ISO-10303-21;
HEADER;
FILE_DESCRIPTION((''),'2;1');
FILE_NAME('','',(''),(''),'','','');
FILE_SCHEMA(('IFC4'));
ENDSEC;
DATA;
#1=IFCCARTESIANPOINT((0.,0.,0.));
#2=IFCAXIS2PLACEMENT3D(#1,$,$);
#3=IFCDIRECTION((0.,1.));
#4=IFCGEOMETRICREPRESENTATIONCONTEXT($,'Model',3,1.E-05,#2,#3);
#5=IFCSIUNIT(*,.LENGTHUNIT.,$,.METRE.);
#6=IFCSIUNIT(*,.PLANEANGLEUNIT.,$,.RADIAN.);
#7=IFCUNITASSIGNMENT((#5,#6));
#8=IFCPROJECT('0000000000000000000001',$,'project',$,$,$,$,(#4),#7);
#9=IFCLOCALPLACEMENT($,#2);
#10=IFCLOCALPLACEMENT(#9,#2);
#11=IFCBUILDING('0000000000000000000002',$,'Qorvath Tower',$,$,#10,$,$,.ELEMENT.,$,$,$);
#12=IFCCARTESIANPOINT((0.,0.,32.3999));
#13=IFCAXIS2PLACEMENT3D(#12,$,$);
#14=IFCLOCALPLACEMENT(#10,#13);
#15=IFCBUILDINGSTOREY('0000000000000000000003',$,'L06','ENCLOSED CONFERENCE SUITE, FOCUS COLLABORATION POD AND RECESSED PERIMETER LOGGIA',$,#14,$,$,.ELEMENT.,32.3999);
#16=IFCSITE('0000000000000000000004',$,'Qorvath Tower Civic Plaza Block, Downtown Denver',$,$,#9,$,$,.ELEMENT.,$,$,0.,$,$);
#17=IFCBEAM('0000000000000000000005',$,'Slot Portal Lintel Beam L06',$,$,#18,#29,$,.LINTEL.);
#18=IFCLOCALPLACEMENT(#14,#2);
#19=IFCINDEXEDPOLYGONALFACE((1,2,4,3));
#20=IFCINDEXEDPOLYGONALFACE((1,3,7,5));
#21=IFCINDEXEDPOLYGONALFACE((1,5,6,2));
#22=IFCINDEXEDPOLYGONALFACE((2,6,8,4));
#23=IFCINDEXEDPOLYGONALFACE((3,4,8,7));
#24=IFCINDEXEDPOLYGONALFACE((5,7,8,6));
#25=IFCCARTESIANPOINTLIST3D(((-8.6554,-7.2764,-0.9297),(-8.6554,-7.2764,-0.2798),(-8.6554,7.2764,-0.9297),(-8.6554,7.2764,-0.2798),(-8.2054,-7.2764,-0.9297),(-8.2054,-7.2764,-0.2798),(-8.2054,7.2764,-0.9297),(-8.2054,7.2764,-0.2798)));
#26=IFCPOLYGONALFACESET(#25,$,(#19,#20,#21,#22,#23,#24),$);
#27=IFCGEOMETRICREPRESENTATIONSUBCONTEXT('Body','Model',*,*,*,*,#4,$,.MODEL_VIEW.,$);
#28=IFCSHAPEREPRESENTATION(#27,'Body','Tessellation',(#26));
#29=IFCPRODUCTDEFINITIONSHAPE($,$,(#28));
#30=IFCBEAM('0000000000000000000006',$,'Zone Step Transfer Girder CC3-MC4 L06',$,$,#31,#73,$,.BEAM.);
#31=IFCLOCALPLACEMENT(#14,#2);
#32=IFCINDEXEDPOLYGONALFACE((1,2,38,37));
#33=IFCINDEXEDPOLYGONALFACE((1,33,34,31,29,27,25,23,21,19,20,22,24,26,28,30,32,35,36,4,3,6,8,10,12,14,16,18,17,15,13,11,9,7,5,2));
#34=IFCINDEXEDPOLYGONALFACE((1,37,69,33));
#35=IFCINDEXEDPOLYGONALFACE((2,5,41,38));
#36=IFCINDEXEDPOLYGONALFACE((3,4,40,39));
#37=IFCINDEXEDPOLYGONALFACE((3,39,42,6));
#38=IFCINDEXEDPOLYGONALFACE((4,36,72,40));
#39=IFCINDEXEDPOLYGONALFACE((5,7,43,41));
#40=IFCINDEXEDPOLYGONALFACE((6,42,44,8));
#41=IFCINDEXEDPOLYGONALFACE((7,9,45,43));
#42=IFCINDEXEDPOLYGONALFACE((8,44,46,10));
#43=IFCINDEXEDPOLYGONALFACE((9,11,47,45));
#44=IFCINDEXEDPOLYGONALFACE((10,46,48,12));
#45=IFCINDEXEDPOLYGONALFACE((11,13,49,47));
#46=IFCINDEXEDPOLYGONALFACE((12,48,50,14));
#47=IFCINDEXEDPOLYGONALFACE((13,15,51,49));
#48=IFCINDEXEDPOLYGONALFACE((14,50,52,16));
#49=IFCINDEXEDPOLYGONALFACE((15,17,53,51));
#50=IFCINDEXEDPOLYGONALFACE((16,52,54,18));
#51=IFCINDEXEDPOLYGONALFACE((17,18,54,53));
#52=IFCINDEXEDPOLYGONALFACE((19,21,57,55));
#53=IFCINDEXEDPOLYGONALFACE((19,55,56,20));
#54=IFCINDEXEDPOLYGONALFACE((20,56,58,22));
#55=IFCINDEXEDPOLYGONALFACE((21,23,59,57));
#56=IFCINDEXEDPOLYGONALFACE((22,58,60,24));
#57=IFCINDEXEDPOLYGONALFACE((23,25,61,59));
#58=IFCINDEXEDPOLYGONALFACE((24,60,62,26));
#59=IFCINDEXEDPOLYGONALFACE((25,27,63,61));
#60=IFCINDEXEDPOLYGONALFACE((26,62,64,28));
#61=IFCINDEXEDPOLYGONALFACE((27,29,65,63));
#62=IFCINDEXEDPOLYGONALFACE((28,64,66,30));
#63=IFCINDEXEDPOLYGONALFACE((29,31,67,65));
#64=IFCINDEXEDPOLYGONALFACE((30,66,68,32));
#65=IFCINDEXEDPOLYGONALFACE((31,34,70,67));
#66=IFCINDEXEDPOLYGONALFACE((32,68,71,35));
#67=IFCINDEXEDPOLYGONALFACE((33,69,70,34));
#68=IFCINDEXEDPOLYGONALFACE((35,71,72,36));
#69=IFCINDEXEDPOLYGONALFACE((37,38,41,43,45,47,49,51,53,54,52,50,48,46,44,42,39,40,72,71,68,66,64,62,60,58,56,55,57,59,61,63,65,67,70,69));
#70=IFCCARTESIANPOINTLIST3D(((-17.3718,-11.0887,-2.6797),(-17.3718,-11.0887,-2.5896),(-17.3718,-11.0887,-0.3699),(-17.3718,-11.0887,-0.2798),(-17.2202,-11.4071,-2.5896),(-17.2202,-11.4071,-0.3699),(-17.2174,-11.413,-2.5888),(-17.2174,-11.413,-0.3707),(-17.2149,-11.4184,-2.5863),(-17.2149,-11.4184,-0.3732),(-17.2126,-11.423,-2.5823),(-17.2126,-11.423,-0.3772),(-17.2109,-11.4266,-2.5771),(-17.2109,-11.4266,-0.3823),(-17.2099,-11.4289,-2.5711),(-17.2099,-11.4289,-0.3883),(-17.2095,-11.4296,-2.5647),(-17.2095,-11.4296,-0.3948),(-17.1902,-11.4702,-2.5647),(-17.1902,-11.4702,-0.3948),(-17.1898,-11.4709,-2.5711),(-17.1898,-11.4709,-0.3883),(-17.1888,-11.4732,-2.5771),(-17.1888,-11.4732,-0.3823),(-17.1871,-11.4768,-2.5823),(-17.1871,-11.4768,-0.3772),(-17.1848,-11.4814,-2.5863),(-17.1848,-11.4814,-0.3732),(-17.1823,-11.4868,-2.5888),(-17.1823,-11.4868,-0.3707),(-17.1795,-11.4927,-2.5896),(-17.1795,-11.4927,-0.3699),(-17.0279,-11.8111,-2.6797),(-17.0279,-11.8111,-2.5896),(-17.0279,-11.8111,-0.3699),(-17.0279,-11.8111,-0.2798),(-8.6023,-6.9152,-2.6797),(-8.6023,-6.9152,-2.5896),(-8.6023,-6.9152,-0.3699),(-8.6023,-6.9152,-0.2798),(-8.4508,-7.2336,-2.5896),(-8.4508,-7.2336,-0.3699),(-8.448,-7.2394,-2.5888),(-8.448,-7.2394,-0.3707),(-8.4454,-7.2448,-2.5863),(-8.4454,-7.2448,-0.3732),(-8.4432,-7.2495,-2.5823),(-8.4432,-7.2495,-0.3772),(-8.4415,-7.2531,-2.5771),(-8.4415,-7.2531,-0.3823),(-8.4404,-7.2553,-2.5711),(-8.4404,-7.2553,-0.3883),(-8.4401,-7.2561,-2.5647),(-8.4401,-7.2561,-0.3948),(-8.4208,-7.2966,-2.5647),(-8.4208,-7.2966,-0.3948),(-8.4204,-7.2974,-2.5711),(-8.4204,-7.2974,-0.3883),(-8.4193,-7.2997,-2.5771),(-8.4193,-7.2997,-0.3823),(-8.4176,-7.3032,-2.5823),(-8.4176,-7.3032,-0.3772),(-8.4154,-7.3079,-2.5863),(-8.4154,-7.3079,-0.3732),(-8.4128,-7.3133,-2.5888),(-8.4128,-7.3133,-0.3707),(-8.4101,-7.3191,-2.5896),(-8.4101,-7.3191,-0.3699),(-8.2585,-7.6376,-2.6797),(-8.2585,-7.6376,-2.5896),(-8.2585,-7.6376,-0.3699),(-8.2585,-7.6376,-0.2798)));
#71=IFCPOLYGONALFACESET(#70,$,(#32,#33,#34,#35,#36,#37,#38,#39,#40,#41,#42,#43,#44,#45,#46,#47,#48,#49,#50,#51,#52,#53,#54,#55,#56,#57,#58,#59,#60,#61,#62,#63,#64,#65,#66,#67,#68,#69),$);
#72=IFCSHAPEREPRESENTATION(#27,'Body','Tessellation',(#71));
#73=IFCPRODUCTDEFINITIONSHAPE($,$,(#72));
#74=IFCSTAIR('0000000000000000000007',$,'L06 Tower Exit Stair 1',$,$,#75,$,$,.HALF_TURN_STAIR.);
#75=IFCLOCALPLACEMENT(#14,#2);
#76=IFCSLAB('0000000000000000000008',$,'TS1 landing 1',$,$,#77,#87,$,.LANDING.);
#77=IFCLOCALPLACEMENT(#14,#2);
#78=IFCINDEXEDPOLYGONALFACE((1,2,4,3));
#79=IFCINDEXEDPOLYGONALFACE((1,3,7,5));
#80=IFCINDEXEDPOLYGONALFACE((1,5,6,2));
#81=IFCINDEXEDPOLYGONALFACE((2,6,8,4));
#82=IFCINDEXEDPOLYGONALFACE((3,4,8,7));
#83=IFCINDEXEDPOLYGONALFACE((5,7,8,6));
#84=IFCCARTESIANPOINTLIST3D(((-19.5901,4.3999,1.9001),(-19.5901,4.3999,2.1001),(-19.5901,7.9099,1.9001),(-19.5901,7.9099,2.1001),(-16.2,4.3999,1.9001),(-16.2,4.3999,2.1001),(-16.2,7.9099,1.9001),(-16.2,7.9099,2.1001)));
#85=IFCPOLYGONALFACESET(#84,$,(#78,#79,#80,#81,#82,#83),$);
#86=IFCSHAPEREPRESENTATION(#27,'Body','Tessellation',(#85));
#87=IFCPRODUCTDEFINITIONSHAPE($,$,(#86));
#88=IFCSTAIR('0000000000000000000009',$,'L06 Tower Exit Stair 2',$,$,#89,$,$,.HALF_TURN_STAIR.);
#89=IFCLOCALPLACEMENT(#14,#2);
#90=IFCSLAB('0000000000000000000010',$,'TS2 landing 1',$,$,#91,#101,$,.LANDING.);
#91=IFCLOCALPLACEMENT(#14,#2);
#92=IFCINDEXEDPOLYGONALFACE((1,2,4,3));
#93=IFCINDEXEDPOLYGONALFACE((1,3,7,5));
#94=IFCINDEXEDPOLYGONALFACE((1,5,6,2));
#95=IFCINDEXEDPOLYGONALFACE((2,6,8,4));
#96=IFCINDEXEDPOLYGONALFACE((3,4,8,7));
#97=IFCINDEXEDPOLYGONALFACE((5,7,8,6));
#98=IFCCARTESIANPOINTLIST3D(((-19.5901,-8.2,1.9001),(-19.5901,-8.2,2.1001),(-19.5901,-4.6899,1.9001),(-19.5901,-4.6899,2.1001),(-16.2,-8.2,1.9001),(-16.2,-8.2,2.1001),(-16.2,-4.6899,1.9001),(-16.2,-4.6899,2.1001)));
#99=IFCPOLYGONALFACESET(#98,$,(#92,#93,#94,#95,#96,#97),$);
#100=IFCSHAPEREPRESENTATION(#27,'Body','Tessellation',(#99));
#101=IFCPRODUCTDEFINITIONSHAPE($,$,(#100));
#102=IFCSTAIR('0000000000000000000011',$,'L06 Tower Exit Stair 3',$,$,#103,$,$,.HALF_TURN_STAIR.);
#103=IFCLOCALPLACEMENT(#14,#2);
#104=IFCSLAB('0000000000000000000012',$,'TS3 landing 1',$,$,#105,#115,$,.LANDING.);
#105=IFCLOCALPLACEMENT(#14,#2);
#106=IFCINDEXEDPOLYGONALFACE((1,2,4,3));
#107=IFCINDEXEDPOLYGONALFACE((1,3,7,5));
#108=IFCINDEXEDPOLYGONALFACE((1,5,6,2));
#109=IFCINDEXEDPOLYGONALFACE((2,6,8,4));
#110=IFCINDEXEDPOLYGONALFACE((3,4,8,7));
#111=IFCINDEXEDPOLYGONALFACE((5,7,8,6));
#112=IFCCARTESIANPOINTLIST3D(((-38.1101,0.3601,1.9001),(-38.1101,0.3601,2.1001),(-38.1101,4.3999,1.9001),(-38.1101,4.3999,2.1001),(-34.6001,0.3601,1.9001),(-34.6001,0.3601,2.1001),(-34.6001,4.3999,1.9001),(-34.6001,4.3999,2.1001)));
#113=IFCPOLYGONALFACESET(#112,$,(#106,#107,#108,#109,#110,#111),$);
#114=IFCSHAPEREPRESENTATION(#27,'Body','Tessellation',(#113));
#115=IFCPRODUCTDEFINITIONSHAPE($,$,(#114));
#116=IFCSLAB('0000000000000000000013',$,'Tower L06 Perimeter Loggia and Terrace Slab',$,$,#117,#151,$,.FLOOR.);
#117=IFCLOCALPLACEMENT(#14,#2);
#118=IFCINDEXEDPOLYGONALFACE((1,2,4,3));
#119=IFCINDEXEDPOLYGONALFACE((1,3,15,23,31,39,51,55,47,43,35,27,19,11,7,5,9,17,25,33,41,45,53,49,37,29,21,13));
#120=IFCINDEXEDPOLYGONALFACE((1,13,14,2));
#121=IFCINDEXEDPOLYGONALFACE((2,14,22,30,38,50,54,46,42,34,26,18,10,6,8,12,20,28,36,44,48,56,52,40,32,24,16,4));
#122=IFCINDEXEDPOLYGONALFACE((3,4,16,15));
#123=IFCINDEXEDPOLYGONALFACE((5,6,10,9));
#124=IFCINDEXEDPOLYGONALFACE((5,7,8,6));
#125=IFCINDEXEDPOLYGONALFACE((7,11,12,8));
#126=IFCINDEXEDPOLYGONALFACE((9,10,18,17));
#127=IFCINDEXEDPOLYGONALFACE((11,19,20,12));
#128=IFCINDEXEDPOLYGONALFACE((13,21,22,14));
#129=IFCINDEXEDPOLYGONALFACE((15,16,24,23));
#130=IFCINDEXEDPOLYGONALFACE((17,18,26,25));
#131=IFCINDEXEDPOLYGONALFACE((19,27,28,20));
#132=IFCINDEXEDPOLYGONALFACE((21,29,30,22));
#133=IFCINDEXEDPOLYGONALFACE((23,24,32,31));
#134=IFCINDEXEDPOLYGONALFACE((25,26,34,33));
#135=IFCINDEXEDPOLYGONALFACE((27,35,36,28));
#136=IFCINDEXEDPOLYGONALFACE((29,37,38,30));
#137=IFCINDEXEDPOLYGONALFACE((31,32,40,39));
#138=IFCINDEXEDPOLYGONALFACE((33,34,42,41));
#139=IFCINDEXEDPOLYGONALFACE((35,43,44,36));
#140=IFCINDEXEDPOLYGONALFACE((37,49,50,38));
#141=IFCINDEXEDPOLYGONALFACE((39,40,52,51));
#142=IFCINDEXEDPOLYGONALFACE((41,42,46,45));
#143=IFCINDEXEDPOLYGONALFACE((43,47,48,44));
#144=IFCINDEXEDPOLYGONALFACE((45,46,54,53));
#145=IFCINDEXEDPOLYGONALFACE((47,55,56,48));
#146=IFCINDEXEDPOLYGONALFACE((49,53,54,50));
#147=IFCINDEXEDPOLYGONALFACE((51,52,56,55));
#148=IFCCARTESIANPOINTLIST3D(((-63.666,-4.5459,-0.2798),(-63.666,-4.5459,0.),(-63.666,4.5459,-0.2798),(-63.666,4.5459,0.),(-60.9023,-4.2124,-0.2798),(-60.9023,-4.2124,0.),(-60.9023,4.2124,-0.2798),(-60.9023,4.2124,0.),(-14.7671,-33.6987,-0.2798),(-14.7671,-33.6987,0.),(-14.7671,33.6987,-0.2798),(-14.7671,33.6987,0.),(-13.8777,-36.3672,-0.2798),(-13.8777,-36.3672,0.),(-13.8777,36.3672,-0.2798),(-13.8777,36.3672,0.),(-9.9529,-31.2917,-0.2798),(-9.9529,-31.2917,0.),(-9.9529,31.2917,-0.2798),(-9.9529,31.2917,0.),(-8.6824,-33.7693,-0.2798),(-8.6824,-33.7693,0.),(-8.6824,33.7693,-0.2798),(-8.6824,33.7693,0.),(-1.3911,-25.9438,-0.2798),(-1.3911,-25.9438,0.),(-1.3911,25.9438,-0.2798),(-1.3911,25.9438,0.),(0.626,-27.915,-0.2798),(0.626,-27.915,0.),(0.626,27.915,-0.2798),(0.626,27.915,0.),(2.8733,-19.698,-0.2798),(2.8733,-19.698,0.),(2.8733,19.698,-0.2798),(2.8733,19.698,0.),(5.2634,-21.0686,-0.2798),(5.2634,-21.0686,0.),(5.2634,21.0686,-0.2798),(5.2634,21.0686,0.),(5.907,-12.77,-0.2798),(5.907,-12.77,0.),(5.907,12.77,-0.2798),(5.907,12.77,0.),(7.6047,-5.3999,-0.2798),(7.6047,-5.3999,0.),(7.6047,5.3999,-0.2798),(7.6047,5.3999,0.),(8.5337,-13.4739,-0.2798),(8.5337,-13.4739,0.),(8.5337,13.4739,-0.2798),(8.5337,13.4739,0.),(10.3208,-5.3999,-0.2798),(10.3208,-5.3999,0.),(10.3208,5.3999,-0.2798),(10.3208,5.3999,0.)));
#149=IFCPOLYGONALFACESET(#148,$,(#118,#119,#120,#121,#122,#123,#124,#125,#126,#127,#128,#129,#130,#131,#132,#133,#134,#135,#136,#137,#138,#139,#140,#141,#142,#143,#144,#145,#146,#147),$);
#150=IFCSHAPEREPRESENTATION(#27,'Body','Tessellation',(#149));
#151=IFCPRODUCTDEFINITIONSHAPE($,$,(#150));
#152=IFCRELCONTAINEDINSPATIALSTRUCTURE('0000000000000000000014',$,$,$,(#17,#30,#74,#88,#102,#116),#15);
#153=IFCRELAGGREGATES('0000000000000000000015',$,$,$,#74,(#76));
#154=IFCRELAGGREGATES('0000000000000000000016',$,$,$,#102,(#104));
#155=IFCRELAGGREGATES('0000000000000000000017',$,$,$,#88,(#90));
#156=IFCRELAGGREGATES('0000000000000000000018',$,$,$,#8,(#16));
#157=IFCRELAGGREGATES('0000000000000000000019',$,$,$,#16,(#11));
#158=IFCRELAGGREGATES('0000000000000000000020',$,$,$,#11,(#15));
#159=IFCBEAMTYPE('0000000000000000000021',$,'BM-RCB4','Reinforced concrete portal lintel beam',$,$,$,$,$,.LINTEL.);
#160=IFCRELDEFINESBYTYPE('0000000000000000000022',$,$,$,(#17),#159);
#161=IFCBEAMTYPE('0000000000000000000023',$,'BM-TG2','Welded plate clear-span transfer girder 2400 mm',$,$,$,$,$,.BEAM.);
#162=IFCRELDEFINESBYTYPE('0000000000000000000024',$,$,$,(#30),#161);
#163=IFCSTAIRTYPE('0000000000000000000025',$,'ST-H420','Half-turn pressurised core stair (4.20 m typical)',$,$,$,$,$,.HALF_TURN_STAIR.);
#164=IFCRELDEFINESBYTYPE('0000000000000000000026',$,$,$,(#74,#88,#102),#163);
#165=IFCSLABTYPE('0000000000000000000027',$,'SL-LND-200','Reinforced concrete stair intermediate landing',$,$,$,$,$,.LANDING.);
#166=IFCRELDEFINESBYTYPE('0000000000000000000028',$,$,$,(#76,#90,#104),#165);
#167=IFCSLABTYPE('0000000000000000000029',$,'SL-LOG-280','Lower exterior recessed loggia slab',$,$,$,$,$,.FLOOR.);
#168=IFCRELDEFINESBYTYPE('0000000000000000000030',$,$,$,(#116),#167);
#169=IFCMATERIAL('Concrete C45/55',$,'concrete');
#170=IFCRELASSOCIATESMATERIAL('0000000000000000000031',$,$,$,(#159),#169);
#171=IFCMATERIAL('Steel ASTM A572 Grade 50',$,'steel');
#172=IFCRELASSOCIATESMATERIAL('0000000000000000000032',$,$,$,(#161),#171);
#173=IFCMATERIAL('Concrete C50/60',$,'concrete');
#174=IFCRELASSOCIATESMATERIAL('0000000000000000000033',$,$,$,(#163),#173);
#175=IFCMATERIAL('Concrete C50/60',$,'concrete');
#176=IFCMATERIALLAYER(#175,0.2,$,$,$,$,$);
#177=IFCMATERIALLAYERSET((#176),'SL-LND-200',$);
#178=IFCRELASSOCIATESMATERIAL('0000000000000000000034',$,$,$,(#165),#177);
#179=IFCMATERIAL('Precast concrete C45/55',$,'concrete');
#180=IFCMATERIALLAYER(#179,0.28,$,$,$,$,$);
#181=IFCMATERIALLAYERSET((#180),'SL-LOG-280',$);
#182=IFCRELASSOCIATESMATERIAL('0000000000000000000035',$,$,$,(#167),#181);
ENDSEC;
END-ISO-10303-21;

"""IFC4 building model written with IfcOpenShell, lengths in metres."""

from ifc_helpers import new_model, si_unit, direction, frame, origin, origin_2d, place, context, subcontext, project, spatial, polyline, rectangle, i_section, outline, extrude, material, layer, layer_set, material_profile, profile_set, type_object, element, aggregate, save


model = new_model("IFC4")

# Units and contexts
model_context = context("Model", 3, precision=1e-05, world=origin(), true_north=direction((0.0, 1.0)))
body_context = subcontext(model_context, "Body", "Model", "MODEL_VIEW")
ifc_project = project(units=[si_unit("LENGTHUNIT", "METRE"), si_unit("PLANEANGLEUNIT", "RADIAN")], contexts=[model_context])

# Site, building, storey
site_placement = place(None, origin())
site = spatial("IfcSite", under=ifc_project, at=site_placement, Name="Qorvath Tower Civic Plaza Block, Downtown Denver", CompositionType="ELEMENT", RefElevation=0.0)
building_placement = place(site_placement, origin())
building = spatial("IfcBuilding", under=site, at=building_placement, Name="Qorvath Tower", CompositionType="ELEMENT")
storey_placement = place(building_placement, frame((0.0, 0.0, 32.3999)))
storey = spatial("IfcBuildingStorey", under=building, at=storey_placement, Name="L06", Description="ENCLOSED CONFERENCE SUITE, FOCUS COLLABORATION POD AND RECESSED PERIMETER LOGGIA", CompositionType="ELEMENT", Elevation=32.3999)

# Beams
ifc_material_1 = material(Name="Concrete C45/55", Category="concrete")
ifc_material_profile_1 = material_profile(ifc_material_1, rectangle(XDim=0.45, YDim=0.6499, at=origin_2d()), Name="RCB 650x450")
ifc_profile_set_1 = profile_set([ifc_material_profile_1], Name="Concrete C45/55")
beam_type_1 = type_object("IfcBeamType", Name="BM-RCB4", Description="Reinforced concrete portal lintel beam", PredefinedType="LINTEL", material=ifc_profile_set_1)
beam_1_placement = place(storey_placement, frame((-8.4304, -7.2764, -0.6047), z_axis=(0.0, 1.0, 0.0), x_axis=(-1.0, 0.0, 0.0)))
element("IfcBeam", 1, at=beam_1_placement, inside=storey, type_object=beam_type_1, Name="Slot Portal Lintel Beam L06", PredefinedType="LINTEL", context=body_context, shape_type="SweptSolid", body=[
    extrude(rectangle(XDim=0.45, YDim=0.6499, at=origin_2d()), origin(), (0.0, 0.0, 1.0), 14.5527),
])
ifc_material_2 = material(Name="Steel ASTM A572 Grade 50", Category="steel")
ifc_material_profile_2 = material_profile(ifc_material_2, i_section(OverallWidth=0.8, OverallDepth=2.3999, WebThickness=0.0449, FlangeThickness=0.0901, FilletRadius=0.0249, at=origin_2d()), Name="WTG 2400x800")
ifc_profile_set_2 = profile_set([ifc_material_profile_2], Name="Steel ASTM A572 Grade 50")
beam_type_2 = type_object("IfcBeamType", Name="BM-TG2", Description="Welded plate clear-span transfer girder 2400 mm", PredefinedType="BEAM", material=ifc_profile_set_2)
beam_2_placement = place(storey_placement, frame((-8.4304, -7.2764, -1.4797), z_axis=(-0.902956, -0.429734, 0.0), x_axis=(0.429734, -0.902956, 0.0)))
element("IfcBeam", 2, at=beam_2_placement, inside=storey, type_object=beam_type_2, Name="Zone Step Transfer Girder CC3-MC4 L06", PredefinedType="BEAM", context=body_context, shape_type="SweptSolid", body=[
    extrude(i_section(OverallWidth=0.8, OverallDepth=2.3999, WebThickness=0.0449, FlangeThickness=0.0901, FilletRadius=0.0249, at=origin_2d()), origin(), (0.0, 0.0, 1.0), 9.7119),
])

# Stairs, slabs
ifc_material_3 = material(Name="Concrete C50/60", Category="concrete")
stair_type = type_object("IfcStairType", Name="ST-H420", Description="Half-turn pressurised core stair (4.20 m typical)", PredefinedType="HALF_TURN_STAIR", material=ifc_material_3)
stair_1_placement = place(storey_placement, origin())
stair_1 = element("IfcStair", 3, at=stair_1_placement, inside=storey, type_object=stair_type, Name="L06 Tower Exit Stair 1", PredefinedType="HALF_TURN_STAIR")
ifc_material_4 = material(Name="Concrete C50/60", Category="concrete")
ifc_layer_1 = layer(ifc_material_4, 0.2)
ifc_layer_set_1 = layer_set([ifc_layer_1], Name="SL-LND-200")
slab_type_1 = type_object("IfcSlabType", Name="SL-LND-200", Description="Reinforced concrete stair intermediate landing", PredefinedType="LANDING", material=ifc_layer_set_1)
slab_1_placement = place(storey_placement, frame((0.0, 0.0, 1.9001)))
slab_1 = element("IfcSlab", 4, at=slab_1_placement, type_object=slab_type_1, Name="TS1 landing 1", PredefinedType="LANDING", context=body_context, shape_type="SweptSolid", body=[
    extrude(outline(polyline([(-19.5901, 4.3999), (-16.2, 4.3999), (-16.2, 7.9099), (-19.5901, 7.9099), (-19.5901, 4.3999)])), origin(), (0.0, 0.0, 1.0), 0.2),
])
aggregate(stair_1, [slab_1])
stair_2_placement = place(storey_placement, origin())
stair_2 = element("IfcStair", 5, at=stair_2_placement, inside=storey, type_object=stair_type, Name="L06 Tower Exit Stair 2", PredefinedType="HALF_TURN_STAIR")
slab_2_placement = place(storey_placement, frame((0.0, 0.0, 1.9001)))
slab_2 = element("IfcSlab", 6, at=slab_2_placement, type_object=slab_type_1, Name="TS2 landing 1", PredefinedType="LANDING", context=body_context, shape_type="SweptSolid", body=[
    extrude(outline(polyline([(-19.5901, -8.2), (-16.2, -8.2), (-16.2, -4.6899), (-19.5901, -4.6899), (-19.5901, -8.2)])), origin(), (0.0, 0.0, 1.0), 0.2),
])
stair_3_placement = place(storey_placement, origin())
stair_3 = element("IfcStair", 7, at=stair_3_placement, inside=storey, type_object=stair_type, Name="L06 Tower Exit Stair 3", PredefinedType="HALF_TURN_STAIR")
slab_3_placement = place(storey_placement, frame((0.0, 0.0, 1.9001)))
slab_3 = element("IfcSlab", 8, at=slab_3_placement, type_object=slab_type_1, Name="TS3 landing 1", PredefinedType="LANDING", context=body_context, shape_type="SweptSolid", body=[
    extrude(outline(polyline([(-34.6001, 0.3601), (-34.6001, 4.3999), (-38.1101, 4.3999), (-38.1101, 0.3601), (-34.6001, 0.3601)])), origin(), (0.0, 0.0, 1.0), 0.2),
])
aggregate(stair_3, [slab_3])

# Slab
ifc_material_5 = material(Name="Precast concrete C45/55", Category="concrete")
ifc_layer_2 = layer(ifc_material_5, 0.28)
ifc_layer_set_2 = layer_set([ifc_layer_2], Name="SL-LOG-280")
slab_type_2 = type_object("IfcSlabType", Name="SL-LOG-280", Description="Lower exterior recessed loggia slab", PredefinedType="FLOOR", material=ifc_layer_set_2)
slab_4_placement = place(storey_placement, frame((0.0, 0.0, -0.2798)))
element("IfcSlab", 9, at=slab_4_placement, inside=storey, type_object=slab_type_2, Name="Tower L06 Perimeter Loggia and Terrace Slab", PredefinedType="FLOOR", context=body_context, shape_type="SweptSolid", body=[
    extrude(outline(polyline([(7.6047, -5.3999), (5.907, -12.77), (2.8733, -19.698), (-1.3911, -25.9438), (-9.9529, -31.2917), (-14.7671, -33.6987), (-60.9023, -4.2124), (-60.9023, 4.2124), (-14.7671, 33.6987), (-9.9529, 31.2917), (-1.3911, 25.9438), (2.8733, 19.698), (5.907, 12.77), (7.6047, 5.3999), (10.3208, 5.3999), (8.5337, 13.4739), (5.2634, 21.0686), (0.626, 27.915), (-8.6824, 33.7693), (-13.8777, 36.3672), (-63.666, 4.5459), (-63.666, -4.5459), (-13.8777, -36.3672), (-8.6824, -33.7693), (0.626, -27.915), (5.2634, -21.0686), (8.5337, -13.4739), (10.3208, -5.3999), (7.6047, -5.3999)])), origin(), (0.0, 0.0, 1.0), 0.2798),
])

aggregate(stair_2, [slab_2])

save(model, "model.ifc")
